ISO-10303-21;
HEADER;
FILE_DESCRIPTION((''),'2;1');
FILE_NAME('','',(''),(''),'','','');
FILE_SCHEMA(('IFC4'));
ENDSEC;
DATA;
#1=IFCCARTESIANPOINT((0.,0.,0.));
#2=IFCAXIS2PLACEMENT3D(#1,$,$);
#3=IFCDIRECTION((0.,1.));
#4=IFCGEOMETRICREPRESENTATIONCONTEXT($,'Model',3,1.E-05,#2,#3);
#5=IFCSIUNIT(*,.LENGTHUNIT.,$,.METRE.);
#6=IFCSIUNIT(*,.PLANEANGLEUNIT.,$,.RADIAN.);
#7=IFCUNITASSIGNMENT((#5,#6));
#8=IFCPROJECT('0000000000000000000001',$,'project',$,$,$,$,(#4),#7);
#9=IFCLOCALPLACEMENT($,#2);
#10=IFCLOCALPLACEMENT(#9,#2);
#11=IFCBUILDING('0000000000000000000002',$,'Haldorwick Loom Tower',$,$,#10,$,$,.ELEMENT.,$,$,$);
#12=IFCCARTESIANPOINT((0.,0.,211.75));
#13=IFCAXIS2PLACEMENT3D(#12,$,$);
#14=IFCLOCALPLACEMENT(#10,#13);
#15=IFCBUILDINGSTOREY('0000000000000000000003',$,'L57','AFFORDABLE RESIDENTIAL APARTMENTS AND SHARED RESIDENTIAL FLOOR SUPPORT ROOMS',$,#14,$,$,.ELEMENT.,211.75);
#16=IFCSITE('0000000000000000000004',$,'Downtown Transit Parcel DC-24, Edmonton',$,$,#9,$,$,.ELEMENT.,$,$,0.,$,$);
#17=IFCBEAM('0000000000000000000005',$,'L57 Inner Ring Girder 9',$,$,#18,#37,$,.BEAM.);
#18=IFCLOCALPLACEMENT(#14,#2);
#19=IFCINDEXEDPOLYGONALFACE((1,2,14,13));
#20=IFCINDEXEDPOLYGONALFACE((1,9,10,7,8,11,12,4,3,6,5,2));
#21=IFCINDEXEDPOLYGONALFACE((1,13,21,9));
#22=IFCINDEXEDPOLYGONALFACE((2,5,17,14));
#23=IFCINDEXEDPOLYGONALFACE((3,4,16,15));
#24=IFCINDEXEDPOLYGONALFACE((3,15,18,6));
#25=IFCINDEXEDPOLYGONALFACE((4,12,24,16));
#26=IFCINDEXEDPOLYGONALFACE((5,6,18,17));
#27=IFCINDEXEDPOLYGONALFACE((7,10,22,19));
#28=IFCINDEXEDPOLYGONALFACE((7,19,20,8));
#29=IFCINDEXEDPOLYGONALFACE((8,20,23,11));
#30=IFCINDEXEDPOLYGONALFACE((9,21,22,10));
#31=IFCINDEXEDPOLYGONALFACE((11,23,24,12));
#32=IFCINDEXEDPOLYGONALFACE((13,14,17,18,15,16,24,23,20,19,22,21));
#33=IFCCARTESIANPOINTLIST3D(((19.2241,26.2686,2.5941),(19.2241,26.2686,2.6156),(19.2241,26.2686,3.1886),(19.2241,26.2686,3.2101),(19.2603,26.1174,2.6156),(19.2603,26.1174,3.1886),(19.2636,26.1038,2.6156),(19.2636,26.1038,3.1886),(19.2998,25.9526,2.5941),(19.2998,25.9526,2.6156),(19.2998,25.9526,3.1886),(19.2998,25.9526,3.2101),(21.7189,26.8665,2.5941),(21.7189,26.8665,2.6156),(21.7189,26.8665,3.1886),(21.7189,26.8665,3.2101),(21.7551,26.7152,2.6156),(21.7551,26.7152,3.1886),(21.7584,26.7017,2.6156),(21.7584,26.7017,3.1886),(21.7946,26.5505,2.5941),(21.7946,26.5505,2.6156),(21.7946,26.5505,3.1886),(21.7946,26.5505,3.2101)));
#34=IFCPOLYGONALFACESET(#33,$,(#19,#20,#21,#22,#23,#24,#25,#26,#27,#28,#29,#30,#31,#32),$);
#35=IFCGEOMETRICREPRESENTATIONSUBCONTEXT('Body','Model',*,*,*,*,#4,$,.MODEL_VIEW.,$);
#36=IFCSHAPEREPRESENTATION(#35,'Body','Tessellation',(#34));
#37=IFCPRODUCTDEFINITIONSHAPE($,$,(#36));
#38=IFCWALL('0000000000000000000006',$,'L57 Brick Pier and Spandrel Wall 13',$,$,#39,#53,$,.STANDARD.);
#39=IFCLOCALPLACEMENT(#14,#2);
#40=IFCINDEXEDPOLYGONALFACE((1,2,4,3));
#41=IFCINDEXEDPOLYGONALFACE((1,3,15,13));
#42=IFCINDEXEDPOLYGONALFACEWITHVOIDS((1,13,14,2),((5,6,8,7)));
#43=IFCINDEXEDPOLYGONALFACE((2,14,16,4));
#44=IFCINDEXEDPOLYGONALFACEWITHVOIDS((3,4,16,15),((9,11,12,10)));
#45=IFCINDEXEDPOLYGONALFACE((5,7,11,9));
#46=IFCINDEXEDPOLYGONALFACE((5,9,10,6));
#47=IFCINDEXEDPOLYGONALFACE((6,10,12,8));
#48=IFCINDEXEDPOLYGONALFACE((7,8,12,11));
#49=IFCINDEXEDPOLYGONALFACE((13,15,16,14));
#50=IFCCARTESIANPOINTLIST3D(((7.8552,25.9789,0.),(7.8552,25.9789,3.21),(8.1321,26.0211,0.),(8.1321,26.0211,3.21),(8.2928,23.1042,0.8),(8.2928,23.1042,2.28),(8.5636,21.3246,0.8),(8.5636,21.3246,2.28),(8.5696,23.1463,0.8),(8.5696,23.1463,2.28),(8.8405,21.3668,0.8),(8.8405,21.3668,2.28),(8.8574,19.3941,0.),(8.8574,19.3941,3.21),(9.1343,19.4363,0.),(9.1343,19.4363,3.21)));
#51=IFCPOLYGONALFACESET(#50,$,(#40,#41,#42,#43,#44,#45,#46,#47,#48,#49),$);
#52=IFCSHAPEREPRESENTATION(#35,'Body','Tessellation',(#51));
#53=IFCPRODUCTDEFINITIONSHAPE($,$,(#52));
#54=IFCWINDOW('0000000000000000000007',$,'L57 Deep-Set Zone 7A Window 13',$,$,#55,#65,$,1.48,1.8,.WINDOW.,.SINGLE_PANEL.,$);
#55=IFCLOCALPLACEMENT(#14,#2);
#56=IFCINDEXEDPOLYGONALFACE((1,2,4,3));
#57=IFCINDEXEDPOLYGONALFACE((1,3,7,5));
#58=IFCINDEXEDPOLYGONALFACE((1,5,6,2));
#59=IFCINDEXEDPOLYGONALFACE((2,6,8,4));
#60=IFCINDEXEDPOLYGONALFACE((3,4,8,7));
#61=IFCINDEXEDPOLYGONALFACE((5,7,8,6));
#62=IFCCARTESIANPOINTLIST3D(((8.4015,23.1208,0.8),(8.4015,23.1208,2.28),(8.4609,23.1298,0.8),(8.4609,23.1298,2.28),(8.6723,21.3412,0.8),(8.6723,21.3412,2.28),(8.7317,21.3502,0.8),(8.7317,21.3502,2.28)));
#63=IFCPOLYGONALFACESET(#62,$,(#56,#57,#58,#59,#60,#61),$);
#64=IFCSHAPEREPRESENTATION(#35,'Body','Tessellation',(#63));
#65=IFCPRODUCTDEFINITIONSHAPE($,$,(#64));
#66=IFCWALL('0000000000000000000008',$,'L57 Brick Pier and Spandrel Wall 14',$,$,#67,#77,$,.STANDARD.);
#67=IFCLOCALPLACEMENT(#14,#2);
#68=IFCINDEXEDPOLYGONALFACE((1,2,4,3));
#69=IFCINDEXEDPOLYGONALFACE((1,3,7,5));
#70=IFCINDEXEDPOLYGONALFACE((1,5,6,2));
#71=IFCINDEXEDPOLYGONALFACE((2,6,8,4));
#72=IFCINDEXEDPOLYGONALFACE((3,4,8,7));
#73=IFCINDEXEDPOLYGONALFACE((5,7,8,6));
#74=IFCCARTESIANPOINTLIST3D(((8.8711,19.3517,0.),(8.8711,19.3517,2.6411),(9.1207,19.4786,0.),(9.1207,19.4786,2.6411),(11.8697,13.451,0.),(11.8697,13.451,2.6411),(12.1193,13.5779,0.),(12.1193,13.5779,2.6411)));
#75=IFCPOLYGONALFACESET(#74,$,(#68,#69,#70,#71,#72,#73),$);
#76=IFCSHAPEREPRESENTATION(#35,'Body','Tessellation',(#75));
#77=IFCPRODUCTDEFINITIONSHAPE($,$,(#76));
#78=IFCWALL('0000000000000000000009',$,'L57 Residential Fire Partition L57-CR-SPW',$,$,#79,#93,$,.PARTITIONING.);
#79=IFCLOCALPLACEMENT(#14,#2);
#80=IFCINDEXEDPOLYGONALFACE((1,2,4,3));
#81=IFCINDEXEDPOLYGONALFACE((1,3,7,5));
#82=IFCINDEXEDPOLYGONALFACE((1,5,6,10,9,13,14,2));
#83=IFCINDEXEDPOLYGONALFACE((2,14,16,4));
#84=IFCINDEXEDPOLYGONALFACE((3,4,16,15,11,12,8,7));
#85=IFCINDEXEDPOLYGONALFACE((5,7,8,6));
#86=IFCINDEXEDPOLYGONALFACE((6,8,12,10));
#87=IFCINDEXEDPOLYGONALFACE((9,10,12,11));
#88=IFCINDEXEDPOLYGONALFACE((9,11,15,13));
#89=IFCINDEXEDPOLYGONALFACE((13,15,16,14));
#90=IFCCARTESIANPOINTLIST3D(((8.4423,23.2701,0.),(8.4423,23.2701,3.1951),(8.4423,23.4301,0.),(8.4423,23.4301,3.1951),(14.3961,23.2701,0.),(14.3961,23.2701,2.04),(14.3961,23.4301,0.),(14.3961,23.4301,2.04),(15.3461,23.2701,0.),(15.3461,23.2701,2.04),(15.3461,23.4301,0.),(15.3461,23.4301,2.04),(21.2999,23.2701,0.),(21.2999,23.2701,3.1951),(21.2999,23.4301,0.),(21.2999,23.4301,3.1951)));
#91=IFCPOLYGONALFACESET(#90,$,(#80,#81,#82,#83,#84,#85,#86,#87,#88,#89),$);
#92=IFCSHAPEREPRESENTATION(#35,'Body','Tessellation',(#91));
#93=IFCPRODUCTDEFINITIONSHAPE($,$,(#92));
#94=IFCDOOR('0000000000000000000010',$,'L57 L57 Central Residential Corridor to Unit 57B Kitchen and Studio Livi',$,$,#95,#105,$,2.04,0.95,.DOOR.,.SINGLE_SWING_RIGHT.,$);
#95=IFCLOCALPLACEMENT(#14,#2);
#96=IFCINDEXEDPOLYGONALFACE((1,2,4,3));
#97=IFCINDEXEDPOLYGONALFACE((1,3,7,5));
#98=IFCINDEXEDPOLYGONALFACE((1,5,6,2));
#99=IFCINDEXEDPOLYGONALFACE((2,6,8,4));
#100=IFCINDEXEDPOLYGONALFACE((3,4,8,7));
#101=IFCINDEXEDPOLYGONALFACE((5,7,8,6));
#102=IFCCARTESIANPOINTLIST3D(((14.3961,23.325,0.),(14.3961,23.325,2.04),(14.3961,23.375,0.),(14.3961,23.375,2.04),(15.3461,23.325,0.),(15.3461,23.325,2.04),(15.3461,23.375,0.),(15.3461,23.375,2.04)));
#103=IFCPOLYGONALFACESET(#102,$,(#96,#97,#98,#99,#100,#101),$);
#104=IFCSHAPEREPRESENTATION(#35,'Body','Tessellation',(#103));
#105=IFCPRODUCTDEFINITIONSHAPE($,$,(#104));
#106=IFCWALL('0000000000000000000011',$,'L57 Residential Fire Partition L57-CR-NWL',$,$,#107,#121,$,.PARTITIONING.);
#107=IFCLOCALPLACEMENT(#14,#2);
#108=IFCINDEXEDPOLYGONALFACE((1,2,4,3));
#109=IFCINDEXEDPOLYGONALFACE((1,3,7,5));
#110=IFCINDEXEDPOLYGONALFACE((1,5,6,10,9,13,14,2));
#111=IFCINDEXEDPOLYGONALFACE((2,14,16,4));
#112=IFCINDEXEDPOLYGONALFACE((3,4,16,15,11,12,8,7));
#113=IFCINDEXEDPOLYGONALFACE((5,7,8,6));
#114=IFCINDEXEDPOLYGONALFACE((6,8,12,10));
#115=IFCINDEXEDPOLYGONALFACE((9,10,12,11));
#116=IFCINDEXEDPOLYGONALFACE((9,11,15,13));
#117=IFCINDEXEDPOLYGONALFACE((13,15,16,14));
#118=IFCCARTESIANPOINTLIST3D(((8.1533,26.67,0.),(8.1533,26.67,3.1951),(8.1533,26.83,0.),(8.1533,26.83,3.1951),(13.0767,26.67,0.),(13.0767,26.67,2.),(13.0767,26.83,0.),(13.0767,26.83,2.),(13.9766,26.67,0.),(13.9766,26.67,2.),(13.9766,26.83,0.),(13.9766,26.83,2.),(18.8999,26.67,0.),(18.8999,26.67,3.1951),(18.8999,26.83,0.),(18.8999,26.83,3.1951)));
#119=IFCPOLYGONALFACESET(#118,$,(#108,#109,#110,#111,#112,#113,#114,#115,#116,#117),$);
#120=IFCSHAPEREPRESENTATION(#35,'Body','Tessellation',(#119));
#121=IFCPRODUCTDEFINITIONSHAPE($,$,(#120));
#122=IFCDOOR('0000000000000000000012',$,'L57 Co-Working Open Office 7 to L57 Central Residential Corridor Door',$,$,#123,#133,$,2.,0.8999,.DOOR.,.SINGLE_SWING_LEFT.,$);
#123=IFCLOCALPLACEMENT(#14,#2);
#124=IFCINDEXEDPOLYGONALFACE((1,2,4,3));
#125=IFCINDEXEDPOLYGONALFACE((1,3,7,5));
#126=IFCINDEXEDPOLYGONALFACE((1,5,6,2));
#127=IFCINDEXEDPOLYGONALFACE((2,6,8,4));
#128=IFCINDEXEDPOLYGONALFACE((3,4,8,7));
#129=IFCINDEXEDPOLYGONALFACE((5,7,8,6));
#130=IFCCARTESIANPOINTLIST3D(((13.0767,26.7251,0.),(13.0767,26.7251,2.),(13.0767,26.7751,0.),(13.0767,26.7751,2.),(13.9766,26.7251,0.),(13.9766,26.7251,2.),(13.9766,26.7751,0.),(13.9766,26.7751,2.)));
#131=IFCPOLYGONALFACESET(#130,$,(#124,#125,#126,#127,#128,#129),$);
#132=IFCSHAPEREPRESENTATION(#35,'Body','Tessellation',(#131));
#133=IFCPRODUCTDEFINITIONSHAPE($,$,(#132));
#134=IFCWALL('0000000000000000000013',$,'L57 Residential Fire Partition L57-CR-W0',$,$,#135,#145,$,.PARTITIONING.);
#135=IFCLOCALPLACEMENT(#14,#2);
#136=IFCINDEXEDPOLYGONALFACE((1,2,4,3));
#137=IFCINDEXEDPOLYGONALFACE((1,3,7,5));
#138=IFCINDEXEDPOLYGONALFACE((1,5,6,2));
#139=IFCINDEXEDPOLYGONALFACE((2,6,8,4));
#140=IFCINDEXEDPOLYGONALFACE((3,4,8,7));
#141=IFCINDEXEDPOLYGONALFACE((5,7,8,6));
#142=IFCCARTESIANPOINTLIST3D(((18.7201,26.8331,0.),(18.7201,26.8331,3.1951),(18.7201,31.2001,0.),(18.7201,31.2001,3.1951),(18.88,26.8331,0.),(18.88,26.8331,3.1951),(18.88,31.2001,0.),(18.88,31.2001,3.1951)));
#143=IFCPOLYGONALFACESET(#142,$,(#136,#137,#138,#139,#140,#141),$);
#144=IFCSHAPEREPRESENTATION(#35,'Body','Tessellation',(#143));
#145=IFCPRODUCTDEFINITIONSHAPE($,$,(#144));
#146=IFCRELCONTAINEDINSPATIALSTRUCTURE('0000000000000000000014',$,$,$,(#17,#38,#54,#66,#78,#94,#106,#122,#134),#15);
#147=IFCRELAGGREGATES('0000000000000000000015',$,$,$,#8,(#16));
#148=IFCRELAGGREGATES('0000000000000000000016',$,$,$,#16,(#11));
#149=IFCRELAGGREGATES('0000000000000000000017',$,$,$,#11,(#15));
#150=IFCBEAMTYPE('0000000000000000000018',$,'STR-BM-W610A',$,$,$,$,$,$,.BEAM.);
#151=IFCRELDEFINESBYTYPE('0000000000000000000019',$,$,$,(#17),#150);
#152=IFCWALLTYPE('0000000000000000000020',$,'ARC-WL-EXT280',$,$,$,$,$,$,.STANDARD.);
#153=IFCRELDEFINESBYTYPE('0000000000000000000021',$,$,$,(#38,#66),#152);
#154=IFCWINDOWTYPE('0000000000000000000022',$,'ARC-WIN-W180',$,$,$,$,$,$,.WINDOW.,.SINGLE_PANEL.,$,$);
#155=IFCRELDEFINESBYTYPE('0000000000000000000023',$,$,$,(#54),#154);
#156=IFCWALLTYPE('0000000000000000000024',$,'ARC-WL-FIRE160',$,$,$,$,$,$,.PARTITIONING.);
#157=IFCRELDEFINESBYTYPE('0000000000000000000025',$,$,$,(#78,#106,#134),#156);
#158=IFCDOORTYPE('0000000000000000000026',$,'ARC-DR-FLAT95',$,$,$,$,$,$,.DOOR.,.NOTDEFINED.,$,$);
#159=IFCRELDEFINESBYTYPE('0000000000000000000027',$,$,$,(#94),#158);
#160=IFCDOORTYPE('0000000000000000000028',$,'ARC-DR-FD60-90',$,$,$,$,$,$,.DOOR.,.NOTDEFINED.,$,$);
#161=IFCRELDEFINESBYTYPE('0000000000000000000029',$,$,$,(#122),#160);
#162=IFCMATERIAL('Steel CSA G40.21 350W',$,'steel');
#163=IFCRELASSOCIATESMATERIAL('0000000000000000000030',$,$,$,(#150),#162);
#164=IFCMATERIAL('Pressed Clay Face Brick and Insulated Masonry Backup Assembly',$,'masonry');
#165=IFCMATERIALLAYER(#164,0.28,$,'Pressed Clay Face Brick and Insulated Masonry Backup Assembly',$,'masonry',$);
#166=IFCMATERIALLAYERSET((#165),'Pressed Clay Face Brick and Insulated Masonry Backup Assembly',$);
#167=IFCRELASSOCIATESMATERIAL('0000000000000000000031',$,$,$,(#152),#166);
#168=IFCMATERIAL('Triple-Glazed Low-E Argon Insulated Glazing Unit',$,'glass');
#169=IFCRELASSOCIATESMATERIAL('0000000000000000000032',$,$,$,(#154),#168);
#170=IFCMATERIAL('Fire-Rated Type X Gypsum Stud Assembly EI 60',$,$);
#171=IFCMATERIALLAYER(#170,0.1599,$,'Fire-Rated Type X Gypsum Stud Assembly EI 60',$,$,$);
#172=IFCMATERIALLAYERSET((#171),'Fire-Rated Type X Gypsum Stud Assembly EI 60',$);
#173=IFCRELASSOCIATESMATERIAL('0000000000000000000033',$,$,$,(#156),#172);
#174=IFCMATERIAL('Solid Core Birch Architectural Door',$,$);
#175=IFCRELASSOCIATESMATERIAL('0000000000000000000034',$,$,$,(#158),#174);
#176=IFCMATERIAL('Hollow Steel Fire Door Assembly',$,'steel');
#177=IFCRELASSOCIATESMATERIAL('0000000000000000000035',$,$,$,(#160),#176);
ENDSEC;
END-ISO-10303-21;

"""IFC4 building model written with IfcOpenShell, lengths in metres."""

from ifc_helpers import new_model, si_unit, direction, frame, frame_2d, origin, origin_2d, place, context, subcontext, project, spatial, rectangle, i_section, extrude, material, layer, layer_set, material_profile, profile_set, type_object, element, fill, save


model = new_model("IFC4")

# Units and contexts
model_context = context("Model", 3, precision=1e-05, world=origin(), true_north=direction((0.0, 1.0)))
body_context = subcontext(model_context, "Body", "Model", "MODEL_VIEW")
ifc_project = project(units=[si_unit("LENGTHUNIT", "METRE"), si_unit("PLANEANGLEUNIT", "RADIAN")], contexts=[model_context])

# Site, building, storey
site_placement = place(None, origin())
site = spatial("IfcSite", under=ifc_project, at=site_placement, Name="Downtown Transit Parcel DC-24, Edmonton", CompositionType="ELEMENT", RefElevation=0.0)
building_placement = place(site_placement, origin())
building = spatial("IfcBuilding", under=site, at=building_placement, Name="Haldorwick Loom Tower", CompositionType="ELEMENT")
storey_placement = place(building_placement, frame((0.0, 0.0, 211.75)))
storey = spatial("IfcBuildingStorey", under=building, at=storey_placement, Name="L57", Description="AFFORDABLE RESIDENTIAL APARTMENTS AND SHARED RESIDENTIAL FLOOR SUPPORT ROOMS", CompositionType="ELEMENT", Elevation=211.75)

# Beam
ifc_material_1 = material(Name="Steel CSA G40.21 350W", Category="steel")
ifc_material_profile_1 = material_profile(ifc_material_1, i_section(OverallWidth=0.325, OverallDepth=0.616, WebThickness=0.0139, FlangeThickness=0.0215, at=origin_2d()), Name="W610X174", Category="steel")
ifc_profile_set_1 = profile_set([ifc_material_profile_1], Name="Steel CSA G40.21 350W")
beam_type_1 = type_object("IfcBeamType", Name="STR-BM-W610A", PredefinedType="BEAM", material=ifc_profile_set_1)
beam_1_placement = place(storey_placement, frame((19.262, 26.1106, 2.9021), z_axis=(0.972464, 0.233053, 0.0), x_axis=(-0.233053, 0.972464, 0.0)))
element("IfcBeam", 1, at=beam_1_placement, inside=storey, type_object=beam_type_1, Name="L57 Inner Ring Girder 9", PredefinedType="BEAM", context=body_context, shape_type="SweptSolid", body=[
    extrude(i_section(OverallWidth=0.325, OverallDepth=0.616, WebThickness=0.0139, FlangeThickness=0.0215, at=origin_2d()), origin(), (0.0, 0.0, 1.0), 2.5654),
])

# Wall, opening, window
ifc_material_2 = material(Name="Pressed Clay Face Brick and Insulated Masonry Backup Assembly", Category="masonry")
ifc_layer_1 = layer(ifc_material_2, 0.28, Name="Pressed Clay Face Brick and Insulated Masonry Backup Assembly", Category="masonry")
ifc_layer_set_1 = layer_set([ifc_layer_1], Name="Pressed Clay Face Brick and Insulated Masonry Backup Assembly")
wall_type_1 = type_object("IfcWallType", Name="ARC-WL-EXT280", PredefinedType="STANDARD", material=ifc_layer_set_1)
wall_1_placement = place(storey_placement, frame((7.9937, 26.0, 0.0), z_axis=(0.0, 0.0, 1.0), x_axis=(0.150468, -0.988615, 0.0)))
wall_1 = element("IfcWall", 2, at=wall_1_placement, inside=storey, type_object=wall_type_1, Name="L57 Brick Pier and Spandrel Wall 13", PredefinedType="STANDARD", context=body_context, shape_type="SweptSolid", body=[
    extrude(rectangle(XDim=6.6606, YDim=0.28, at=frame_2d((3.3303, 0.0))), origin(), (0.0, 0.0, 1.0), 3.21),
])
opening_1_placement = place(wall_1_placement, frame((2.908, 0.0, 0.8)))
opening_1 = element("IfcOpeningElement", 3, at=opening_1_placement, cuts=wall_1, PredefinedType="OPENING", context=body_context, shape_type="SweptSolid", body=[
    extrude(rectangle(XDim=1.8, YDim=1.48, at=frame_2d((0.8999, 0.74))), frame((0.0, 0.1499, 0.0), z_axis=(0.0, -1.0, 0.0), x_axis=(1.0, 0.0, 0.0)), (0.0, 0.0, 1.0), 0.3),
])
ifc_material_3 = material(Name="Triple-Glazed Low-E Argon Insulated Glazing Unit", Category="glass")
window_type = type_object("IfcWindowType", Name="ARC-WIN-W180", PartitioningType="SINGLE_PANEL", PredefinedType="WINDOW", material=ifc_material_3)
window_placement = place(opening_1_placement, origin())
window = element("IfcWindow", 4, at=window_placement, inside=storey, type_object=window_type, Name="L57 Deep-Set Zone 7A Window 13", OverallHeight=1.48, OverallWidth=1.8, PartitioningType="SINGLE_PANEL", PredefinedType="WINDOW", context=body_context, shape_type="SweptSolid", body=[
    extrude(rectangle(XDim=1.8, YDim=1.48, at=frame_2d((0.8999, 0.74))), frame((0.0, 0.03, 0.0), z_axis=(0.0, -1.0, 0.0), x_axis=(1.0, 0.0, 0.0)), (0.0, 0.0, 1.0), 0.0601),
])
fill(opening_1, window)

# Wall
wall_2_placement = place(storey_placement, frame((8.9958, 19.4153, 0.0), z_axis=(0.0, 0.0, 1.0), x_axis=(0.453032, -0.891494, 0.0)))
element("IfcWall", 5, at=wall_2_placement, inside=storey, type_object=wall_type_1, Name="L57 Brick Pier and Spandrel Wall 14", PredefinedType="STANDARD", context=body_context, shape_type="SweptSolid", body=[
    extrude(rectangle(XDim=6.6189, YDim=0.28, at=frame_2d((3.3096, 0.0))), origin(), (0.0, 0.0, 1.0), 2.6411),
])

# Walls, openings, doors
ifc_material_4 = material(Name="Fire-Rated Type X Gypsum Stud Assembly EI 60")
ifc_layer_2 = layer(ifc_material_4, 0.1599, Name="Fire-Rated Type X Gypsum Stud Assembly EI 60")
ifc_layer_set_2 = layer_set([ifc_layer_2], Name="Fire-Rated Type X Gypsum Stud Assembly EI 60")
wall_type_2 = type_object("IfcWallType", Name="ARC-WL-FIRE160", PredefinedType="PARTITIONING", material=ifc_layer_set_2)
wall_3_placement = place(storey_placement, frame((8.4424, 23.3501, 0.0), z_axis=(0.0, 0.0, 1.0), x_axis=(1.0, 0.0, 0.0)))
wall_3 = element("IfcWall", 6, at=wall_3_placement, inside=storey, type_object=wall_type_2, Name="L57 Residential Fire Partition L57-CR-SPW", PredefinedType="PARTITIONING", context=body_context, shape_type="SweptSolid", body=[
    extrude(rectangle(XDim=12.8577, YDim=0.1599, at=frame_2d((6.4287, 0.0))), origin(), (0.0, 0.0, 1.0), 3.1951),
])
opening_2_placement = place(wall_3_placement, frame((5.9536, 0.0, 0.0)))
opening_2 = element("IfcOpeningElement", 7, at=opening_2_placement, cuts=wall_3, PredefinedType="OPENING", context=body_context, shape_type="SweptSolid", body=[
    extrude(rectangle(XDim=0.95, YDim=2.04, at=frame_2d((0.4751, 1.02))), frame((0.0, 0.0898, 0.0), z_axis=(0.0, -1.0, 0.0), x_axis=(1.0, 0.0, 0.0)), (0.0, 0.0, 1.0), 0.1799),
])
ifc_material_5 = material(Name="Solid Core Birch Architectural Door")
door_type_1 = type_object("IfcDoorType", Name="ARC-DR-FLAT95", OperationType="NOTDEFINED", PredefinedType="DOOR", material=ifc_material_5)
door_1_placement = place(opening_2_placement, origin())
door_1 = element("IfcDoor", 8, at=door_1_placement, inside=storey, type_object=door_type_1, Name="L57 L57 Central Residential Corridor to Unit 57B Kitchen and Studio Livi", OperationType="SINGLE_SWING_RIGHT", OverallHeight=2.04, OverallWidth=0.95, PredefinedType="DOOR", context=body_context, shape_type="SweptSolid", body=[
    extrude(rectangle(XDim=0.95, YDim=2.04, at=frame_2d((0.4751, 1.02))), frame((0.0, 0.0249, 0.0), z_axis=(0.0, -1.0, 0.0), x_axis=(1.0, 0.0, 0.0)), (0.0, 0.0, 1.0), 0.05),
])
fill(opening_2, door_1)
wall_4_placement = place(storey_placement, frame((8.1533, 26.75, 0.0), z_axis=(0.0, 0.0, 1.0), x_axis=(1.0, 0.0, 0.0)))
wall_4 = element("IfcWall", 9, at=wall_4_placement, inside=storey, type_object=wall_type_2, Name="L57 Residential Fire Partition L57-CR-NWL", PredefinedType="PARTITIONING", context=body_context, shape_type="SweptSolid", body=[
    extrude(rectangle(XDim=10.7466, YDim=0.1599, at=frame_2d((5.3733, 0.0))), origin(), (0.0, 0.0, 1.0), 3.1951),
])
opening_3_placement = place(wall_4_placement, frame((4.9233, 0.0, 0.0)))
opening_3 = element("IfcOpeningElement", 10, at=opening_3_placement, cuts=wall_4, PredefinedType="OPENING", context=body_context, shape_type="SweptSolid", body=[
    extrude(rectangle(XDim=0.8999, YDim=2.0, at=frame_2d((0.45, 1.0))), frame((0.0, 0.0898, 0.0), z_axis=(0.0, -1.0, 0.0), x_axis=(1.0, 0.0, 0.0)), (0.0, 0.0, 1.0), 0.1799),
])
ifc_material_6 = material(Name="Hollow Steel Fire Door Assembly", Category="steel")
door_type_2 = type_object("IfcDoorType", Name="ARC-DR-FD60-90", OperationType="NOTDEFINED", PredefinedType="DOOR", material=ifc_material_6)
door_2_placement = place(opening_3_placement, frame((0.8999, 0.0, 0.0), z_axis=(0.0, 0.0, 1.0), x_axis=(-1.0, 0.0, 0.0)))
door_2 = element("IfcDoor", 11, at=door_2_placement, inside=storey, type_object=door_type_2, Name="L57 Co-Working Open Office 7 to L57 Central Residential Corridor Door", OperationType="SINGLE_SWING_LEFT", OverallHeight=2.0, OverallWidth=0.8999, PredefinedType="DOOR", context=body_context, shape_type="SweptSolid", body=[
    extrude(rectangle(XDim=0.8999, YDim=2.0, at=frame_2d((0.45, 1.0))), frame((0.0, 0.0249, 0.0), z_axis=(0.0, -1.0, 0.0), x_axis=(1.0, 0.0, 0.0)), (0.0, 0.0, 1.0), 0.05),
])
fill(opening_3, door_2)

# Wall
wall_5_placement = place(storey_placement, frame((18.8, 26.833, 0.0), z_axis=(0.0, 0.0, 1.0), x_axis=(0.0, 1.0, 0.0)))
element("IfcWall", 12, at=wall_5_placement, inside=storey, type_object=wall_type_2, Name="L57 Residential Fire Partition L57-CR-W0", PredefinedType="PARTITIONING", context=body_context, shape_type="SweptSolid", body=[
    extrude(rectangle(XDim=4.3669, YDim=0.1599, at=frame_2d((2.1836, 0.0))), origin(), (0.0, 0.0, 1.0), 3.1951),
])

save(model, "model.ifc")
